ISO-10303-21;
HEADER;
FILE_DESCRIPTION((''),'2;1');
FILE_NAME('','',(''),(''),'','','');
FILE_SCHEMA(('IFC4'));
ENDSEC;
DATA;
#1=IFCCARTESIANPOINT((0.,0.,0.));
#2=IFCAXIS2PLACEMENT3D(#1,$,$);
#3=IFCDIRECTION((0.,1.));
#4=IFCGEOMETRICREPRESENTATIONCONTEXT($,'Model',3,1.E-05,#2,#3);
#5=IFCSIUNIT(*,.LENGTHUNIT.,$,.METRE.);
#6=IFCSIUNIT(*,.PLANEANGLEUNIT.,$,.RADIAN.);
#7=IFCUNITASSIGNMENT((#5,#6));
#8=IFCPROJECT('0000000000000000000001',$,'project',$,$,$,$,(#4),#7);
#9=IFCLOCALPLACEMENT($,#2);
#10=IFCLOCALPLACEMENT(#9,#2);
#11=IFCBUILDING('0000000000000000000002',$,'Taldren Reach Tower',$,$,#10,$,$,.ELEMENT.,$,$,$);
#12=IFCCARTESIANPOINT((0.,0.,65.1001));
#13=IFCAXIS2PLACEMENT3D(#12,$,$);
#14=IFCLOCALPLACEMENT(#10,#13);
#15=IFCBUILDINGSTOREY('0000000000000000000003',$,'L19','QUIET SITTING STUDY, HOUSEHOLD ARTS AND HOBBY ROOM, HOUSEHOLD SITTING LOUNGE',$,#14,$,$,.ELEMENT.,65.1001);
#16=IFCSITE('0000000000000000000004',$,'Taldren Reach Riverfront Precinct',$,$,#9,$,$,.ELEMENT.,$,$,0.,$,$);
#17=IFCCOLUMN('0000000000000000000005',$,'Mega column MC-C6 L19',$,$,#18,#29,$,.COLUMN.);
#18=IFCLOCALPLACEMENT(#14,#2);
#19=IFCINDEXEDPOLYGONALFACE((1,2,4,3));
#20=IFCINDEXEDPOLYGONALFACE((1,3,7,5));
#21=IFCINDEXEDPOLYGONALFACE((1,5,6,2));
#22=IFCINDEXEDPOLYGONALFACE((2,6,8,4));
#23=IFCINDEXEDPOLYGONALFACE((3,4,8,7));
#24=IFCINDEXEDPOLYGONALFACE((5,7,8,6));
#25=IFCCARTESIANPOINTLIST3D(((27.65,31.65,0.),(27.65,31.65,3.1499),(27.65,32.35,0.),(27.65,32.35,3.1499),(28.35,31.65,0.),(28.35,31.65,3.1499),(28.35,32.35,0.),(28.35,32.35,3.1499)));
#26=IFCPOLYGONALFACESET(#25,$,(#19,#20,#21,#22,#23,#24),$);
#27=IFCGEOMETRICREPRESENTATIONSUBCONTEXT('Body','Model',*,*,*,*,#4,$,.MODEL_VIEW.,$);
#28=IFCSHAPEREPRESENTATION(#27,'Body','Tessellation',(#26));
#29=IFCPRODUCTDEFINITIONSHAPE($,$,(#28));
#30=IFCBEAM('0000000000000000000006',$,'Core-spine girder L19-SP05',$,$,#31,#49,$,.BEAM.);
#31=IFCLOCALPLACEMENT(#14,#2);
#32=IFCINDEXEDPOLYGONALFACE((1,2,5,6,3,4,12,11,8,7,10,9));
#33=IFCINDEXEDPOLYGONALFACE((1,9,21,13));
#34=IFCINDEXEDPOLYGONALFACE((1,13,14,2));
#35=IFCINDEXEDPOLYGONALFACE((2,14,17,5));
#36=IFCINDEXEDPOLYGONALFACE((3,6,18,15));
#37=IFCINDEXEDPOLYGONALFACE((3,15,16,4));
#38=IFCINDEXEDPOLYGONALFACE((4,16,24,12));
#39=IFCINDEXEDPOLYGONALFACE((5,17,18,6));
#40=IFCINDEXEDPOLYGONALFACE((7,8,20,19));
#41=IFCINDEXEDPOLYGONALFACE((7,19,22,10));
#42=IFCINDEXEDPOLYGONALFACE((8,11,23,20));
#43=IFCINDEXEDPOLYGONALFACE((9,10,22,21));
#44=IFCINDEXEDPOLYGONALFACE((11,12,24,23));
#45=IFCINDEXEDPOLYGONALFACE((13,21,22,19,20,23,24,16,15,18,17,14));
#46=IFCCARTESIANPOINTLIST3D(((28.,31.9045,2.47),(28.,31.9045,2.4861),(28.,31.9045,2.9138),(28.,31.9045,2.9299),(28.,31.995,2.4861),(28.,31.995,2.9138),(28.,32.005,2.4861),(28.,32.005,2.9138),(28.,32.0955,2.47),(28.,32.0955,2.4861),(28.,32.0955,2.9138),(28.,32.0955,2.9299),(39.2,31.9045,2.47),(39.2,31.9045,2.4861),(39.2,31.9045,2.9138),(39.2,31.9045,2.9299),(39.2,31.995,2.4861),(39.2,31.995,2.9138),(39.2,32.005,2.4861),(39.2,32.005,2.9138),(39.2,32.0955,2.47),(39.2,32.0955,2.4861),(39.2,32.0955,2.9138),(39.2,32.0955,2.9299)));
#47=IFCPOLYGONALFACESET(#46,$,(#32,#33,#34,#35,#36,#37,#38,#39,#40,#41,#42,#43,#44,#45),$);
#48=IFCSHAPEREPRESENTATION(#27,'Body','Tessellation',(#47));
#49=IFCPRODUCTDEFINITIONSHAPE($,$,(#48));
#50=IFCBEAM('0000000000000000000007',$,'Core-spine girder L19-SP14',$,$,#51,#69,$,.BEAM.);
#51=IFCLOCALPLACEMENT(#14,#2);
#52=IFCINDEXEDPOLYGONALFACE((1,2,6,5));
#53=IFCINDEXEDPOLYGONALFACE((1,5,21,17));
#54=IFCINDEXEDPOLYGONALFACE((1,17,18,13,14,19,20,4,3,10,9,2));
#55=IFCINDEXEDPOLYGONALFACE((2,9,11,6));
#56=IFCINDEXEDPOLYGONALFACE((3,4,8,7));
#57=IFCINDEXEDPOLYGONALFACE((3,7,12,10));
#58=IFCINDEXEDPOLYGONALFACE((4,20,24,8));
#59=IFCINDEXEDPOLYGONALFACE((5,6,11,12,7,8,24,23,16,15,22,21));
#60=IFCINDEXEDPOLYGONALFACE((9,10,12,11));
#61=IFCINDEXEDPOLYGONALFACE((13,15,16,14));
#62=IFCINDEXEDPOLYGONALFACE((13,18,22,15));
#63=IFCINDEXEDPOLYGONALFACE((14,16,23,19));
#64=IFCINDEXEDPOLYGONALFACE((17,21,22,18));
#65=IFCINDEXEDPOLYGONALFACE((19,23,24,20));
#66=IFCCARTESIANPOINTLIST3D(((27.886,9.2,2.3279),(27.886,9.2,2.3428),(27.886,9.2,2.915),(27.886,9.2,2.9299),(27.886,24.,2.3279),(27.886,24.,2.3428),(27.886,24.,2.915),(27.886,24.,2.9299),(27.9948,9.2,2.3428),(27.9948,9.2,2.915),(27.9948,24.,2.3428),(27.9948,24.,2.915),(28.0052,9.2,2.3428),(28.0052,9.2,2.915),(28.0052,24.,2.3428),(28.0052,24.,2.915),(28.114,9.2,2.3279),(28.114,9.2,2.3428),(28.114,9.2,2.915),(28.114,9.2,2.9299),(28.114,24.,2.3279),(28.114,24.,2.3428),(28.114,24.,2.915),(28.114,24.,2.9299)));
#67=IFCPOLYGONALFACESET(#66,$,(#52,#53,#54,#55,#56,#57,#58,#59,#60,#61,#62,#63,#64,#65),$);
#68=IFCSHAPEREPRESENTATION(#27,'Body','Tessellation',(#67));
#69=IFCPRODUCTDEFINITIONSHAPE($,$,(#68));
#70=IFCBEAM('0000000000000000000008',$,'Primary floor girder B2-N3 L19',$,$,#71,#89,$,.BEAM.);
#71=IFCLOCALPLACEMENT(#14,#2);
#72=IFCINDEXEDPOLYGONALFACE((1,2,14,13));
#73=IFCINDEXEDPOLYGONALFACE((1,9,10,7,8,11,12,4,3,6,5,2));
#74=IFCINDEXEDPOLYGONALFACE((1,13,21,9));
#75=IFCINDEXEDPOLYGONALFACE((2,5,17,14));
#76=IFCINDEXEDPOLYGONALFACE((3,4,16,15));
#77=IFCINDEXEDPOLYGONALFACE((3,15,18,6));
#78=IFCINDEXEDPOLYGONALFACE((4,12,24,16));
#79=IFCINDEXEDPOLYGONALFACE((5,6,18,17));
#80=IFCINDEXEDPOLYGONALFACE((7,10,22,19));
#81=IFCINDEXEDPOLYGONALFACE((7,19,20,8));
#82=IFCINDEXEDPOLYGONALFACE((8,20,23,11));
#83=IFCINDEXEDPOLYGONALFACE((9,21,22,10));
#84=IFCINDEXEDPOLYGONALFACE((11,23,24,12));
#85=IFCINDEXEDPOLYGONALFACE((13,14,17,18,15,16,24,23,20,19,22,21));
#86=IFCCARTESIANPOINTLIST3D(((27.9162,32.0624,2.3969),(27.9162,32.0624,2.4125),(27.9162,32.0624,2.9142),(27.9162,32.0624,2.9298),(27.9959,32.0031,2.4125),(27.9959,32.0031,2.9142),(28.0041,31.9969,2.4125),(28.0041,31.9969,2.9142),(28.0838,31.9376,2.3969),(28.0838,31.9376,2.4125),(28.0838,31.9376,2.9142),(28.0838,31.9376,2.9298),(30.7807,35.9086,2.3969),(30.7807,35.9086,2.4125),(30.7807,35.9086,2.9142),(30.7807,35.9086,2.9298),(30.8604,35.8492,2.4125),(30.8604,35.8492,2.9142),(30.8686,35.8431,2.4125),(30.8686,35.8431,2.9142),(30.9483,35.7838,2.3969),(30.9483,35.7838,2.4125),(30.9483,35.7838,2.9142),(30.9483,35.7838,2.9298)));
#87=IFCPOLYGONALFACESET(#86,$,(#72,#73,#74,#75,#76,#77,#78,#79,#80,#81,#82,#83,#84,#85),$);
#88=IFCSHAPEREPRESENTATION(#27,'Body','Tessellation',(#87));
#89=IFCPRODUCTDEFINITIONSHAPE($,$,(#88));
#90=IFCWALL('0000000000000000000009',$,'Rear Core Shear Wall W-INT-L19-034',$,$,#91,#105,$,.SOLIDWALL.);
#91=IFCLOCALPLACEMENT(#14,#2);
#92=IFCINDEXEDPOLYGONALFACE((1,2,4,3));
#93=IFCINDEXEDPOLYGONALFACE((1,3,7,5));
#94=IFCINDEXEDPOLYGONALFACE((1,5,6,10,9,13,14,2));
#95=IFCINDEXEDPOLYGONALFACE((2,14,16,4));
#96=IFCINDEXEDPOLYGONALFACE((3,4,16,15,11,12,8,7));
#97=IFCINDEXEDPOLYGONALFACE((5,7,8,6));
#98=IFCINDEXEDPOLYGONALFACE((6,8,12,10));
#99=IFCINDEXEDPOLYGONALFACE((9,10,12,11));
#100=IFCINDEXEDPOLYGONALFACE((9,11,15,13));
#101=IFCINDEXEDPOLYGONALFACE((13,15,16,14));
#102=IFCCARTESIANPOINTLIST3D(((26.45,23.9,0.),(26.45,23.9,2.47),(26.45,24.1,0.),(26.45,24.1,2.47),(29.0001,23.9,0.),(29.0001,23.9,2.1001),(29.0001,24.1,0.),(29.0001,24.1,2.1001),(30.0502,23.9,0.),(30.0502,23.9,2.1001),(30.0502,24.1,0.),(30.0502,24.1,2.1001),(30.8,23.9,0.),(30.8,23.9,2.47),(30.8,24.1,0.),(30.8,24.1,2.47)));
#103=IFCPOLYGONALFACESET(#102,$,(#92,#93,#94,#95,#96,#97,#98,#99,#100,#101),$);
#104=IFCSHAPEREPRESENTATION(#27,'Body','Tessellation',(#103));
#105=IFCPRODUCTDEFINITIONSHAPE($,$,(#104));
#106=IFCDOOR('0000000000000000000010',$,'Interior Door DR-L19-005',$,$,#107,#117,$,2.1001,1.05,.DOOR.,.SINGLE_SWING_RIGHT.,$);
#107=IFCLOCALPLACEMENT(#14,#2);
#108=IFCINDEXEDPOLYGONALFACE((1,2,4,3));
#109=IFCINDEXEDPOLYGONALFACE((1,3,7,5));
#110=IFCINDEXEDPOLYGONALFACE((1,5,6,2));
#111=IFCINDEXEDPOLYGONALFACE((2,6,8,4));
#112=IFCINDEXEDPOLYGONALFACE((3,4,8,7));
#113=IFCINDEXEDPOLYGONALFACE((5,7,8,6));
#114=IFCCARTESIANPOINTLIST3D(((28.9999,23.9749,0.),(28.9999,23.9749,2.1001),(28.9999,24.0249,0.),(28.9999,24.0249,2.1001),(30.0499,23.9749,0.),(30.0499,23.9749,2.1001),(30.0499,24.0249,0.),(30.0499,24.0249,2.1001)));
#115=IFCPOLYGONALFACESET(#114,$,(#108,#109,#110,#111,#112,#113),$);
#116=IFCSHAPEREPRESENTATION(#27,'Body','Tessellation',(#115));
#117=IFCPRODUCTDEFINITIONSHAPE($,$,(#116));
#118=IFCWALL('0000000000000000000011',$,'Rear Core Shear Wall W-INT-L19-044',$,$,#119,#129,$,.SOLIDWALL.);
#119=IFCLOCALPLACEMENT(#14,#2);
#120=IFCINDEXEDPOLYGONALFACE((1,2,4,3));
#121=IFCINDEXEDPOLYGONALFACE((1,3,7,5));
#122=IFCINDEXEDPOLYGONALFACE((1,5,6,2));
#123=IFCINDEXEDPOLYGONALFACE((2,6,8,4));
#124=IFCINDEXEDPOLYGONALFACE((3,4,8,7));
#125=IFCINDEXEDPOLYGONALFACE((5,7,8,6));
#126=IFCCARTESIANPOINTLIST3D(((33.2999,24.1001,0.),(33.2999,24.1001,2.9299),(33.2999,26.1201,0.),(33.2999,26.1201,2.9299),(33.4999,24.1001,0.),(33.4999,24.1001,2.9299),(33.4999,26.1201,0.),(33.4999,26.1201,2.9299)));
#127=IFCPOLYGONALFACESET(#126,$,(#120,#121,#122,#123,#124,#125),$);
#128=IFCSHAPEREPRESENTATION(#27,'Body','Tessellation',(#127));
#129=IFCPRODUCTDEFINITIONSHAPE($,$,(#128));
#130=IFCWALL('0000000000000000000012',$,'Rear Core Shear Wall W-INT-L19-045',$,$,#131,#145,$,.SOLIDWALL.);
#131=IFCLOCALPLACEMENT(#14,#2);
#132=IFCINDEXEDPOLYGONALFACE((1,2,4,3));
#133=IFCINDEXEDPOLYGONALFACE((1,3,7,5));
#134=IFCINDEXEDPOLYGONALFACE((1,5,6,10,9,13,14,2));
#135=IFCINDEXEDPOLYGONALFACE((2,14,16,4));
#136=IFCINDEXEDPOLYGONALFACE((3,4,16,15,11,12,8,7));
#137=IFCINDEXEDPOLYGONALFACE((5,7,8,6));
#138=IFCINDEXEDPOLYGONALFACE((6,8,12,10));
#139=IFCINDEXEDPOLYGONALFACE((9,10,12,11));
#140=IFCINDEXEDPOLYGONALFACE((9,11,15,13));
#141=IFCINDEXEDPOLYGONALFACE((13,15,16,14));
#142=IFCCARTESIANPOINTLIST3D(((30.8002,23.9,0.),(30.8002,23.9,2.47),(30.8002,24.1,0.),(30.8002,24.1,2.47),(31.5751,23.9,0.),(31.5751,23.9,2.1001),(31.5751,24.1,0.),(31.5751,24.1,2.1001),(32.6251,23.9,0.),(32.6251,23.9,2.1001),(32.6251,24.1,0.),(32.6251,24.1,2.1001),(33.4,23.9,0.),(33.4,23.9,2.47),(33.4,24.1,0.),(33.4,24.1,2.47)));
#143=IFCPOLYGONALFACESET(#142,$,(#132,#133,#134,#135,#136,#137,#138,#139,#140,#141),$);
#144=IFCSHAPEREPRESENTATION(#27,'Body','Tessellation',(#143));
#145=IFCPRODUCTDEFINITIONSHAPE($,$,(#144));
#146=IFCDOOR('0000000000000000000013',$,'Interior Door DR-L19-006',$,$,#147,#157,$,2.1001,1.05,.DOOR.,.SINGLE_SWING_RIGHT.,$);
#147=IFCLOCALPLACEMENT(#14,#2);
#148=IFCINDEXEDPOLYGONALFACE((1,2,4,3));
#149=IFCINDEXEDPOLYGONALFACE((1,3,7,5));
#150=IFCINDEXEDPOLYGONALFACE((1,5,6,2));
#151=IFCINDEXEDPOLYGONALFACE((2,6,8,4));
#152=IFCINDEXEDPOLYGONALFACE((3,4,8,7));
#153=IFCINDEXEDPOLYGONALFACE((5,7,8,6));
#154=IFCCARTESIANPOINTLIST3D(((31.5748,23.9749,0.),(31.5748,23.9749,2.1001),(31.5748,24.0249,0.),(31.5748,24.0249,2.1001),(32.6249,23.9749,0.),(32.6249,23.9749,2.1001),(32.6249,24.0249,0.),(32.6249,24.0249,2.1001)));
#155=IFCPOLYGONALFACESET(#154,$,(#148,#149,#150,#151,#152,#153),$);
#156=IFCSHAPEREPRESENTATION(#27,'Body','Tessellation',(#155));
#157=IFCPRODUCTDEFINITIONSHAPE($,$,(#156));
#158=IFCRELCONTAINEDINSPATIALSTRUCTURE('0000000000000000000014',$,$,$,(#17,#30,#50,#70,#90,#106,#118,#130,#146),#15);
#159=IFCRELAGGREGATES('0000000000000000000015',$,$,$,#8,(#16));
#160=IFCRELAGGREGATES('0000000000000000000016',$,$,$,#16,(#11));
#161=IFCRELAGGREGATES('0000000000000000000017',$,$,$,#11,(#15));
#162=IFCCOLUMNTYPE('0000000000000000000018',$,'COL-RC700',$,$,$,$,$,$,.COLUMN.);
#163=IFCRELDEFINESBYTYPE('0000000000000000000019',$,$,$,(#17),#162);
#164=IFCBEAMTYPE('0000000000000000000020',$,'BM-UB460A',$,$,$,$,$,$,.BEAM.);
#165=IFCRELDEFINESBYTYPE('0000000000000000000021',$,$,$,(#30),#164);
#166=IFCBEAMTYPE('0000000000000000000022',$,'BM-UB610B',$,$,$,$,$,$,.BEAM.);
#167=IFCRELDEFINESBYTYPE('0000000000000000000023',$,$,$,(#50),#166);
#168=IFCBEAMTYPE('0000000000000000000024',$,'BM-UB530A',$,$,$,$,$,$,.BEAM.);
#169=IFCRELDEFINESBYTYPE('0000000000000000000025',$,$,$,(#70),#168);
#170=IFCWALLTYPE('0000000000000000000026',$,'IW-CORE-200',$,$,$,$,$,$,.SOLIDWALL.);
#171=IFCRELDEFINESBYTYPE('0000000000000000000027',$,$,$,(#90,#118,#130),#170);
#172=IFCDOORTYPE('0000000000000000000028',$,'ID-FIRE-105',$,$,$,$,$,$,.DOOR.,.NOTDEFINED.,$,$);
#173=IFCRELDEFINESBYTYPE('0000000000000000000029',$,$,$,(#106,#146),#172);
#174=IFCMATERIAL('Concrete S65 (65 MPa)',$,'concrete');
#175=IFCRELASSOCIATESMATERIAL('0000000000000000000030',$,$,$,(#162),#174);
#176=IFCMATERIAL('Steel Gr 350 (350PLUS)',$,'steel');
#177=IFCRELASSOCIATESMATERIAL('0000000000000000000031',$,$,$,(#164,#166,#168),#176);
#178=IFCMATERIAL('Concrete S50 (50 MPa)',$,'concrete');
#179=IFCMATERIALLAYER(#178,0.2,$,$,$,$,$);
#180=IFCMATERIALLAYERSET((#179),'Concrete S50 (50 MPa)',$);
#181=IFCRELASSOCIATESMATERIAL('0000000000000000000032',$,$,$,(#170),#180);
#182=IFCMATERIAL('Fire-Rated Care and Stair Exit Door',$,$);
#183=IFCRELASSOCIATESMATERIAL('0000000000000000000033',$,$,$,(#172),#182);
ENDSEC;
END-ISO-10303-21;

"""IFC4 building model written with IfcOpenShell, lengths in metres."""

from ifc_helpers import new_model, si_unit, direction, frame, frame_2d, origin, origin_2d, place, context, subcontext, project, spatial, rectangle, i_section, extrude, source, transform, mapped, material, layer, layer_set, material_profile, profile_set, type_object, element, fill, save


model = new_model("IFC4")

# Units and contexts
model_context = context("Model", 3, precision=1e-05, world=origin(), true_north=direction((0.0, 1.0)))
body_context = subcontext(model_context, "Body", "Model", "MODEL_VIEW")
ifc_project = project(units=[si_unit("LENGTHUNIT", "METRE"), si_unit("PLANEANGLEUNIT", "RADIAN")], contexts=[model_context])

# Site, building, storey
site_placement = place(None, origin())
site = spatial("IfcSite", under=ifc_project, at=site_placement, Name="Taldren Reach Riverfront Precinct", CompositionType="ELEMENT", RefElevation=0.0)
building_placement = place(site_placement, origin())
building = spatial("IfcBuilding", under=site, at=building_placement, Name="Taldren Reach Tower", CompositionType="ELEMENT")
storey_placement = place(building_placement, frame((0.0, 0.0, 65.1001)))
storey = spatial("IfcBuildingStorey", under=building, at=storey_placement, Name="L19", Description="QUIET SITTING STUDY, HOUSEHOLD ARTS AND HOBBY ROOM, HOUSEHOLD SITTING LOUNGE", CompositionType="ELEMENT", Elevation=65.1001)

# Column
ifc_material_1 = material(Name="Concrete S65 (65 MPa)", Category="concrete")
ifc_material_profile_1 = material_profile(ifc_material_1, rectangle(XDim=0.7, YDim=0.7, at=origin_2d()), Name="RC-700x700")
ifc_profile_set_1 = profile_set([ifc_material_profile_1], Name="Concrete S65 (65 MPa)")
column_type = type_object("IfcColumnType", Name="COL-RC700", PredefinedType="COLUMN", material=ifc_profile_set_1)
shared_shape_1 = source(origin(), body_context, "Body", "SweptSolid", [
    extrude(rectangle(XDim=0.7, YDim=0.7, at=origin_2d()), origin(), (0.0, 0.0, 1.0), 3.1499),
])
column_placement = place(storey_placement, frame((28.0, 32.0, 0.0), z_axis=(0.0, 0.0, 1.0), x_axis=(1.0, 0.0, 0.0)))
element("IfcColumn", 1, at=column_placement, inside=storey, type_object=column_type, Name="Mega column MC-C6 L19", PredefinedType="COLUMN", context=body_context, shape_type="MappedRepresentation", body=[
    mapped(shared_shape_1, transform((0.0, 0.0, 0.0), scale=1.0)),
])

# Beams
ifc_material_2 = material(Name="Steel Gr 350 (350PLUS)", Category="steel")
ifc_material_profile_2 = material_profile(ifc_material_2, i_section(OverallWidth=0.1909, OverallDepth=0.46, WebThickness=0.01, FlangeThickness=0.0161, at=origin_2d()), Name="460UB82.1")
ifc_profile_set_2 = profile_set([ifc_material_profile_2], Name="Steel Gr 350 (350PLUS)")
beam_type_1 = type_object("IfcBeamType", Name="BM-UB460A", PredefinedType="BEAM", material=ifc_profile_set_2)
shared_shape_2 = source(origin(), body_context, "Body", "SweptSolid", [
    extrude(i_section(OverallWidth=0.1909, OverallDepth=0.46, WebThickness=0.01, FlangeThickness=0.0161, at=origin_2d()), origin(), (0.0, 0.0, 1.0), 11.2),
])
beam_1_placement = place(storey_placement, frame((28.0, 32.0, 2.7), z_axis=(1.0, 0.0, 0.0), x_axis=(0.0, 1.0, 0.0)))
element("IfcBeam", 2, at=beam_1_placement, inside=storey, type_object=beam_type_1, Name="Core-spine girder L19-SP05", PredefinedType="BEAM", context=body_context, shape_type="MappedRepresentation", body=[
    mapped(shared_shape_2, transform((0.0, 0.0, 0.0), scale=1.0)),
])
ifc_material_profile_3 = material_profile(ifc_material_2, i_section(OverallWidth=0.228, OverallDepth=0.6021, WebThickness=0.0105, FlangeThickness=0.0149, at=origin_2d()), Name="610UB101")
ifc_profile_set_3 = profile_set([ifc_material_profile_3], Name="Steel Gr 350 (350PLUS)")
beam_type_2 = type_object("IfcBeamType", Name="BM-UB610B", PredefinedType="BEAM", material=ifc_profile_set_3)
shared_shape_3 = source(origin(), body_context, "Body", "SweptSolid", [
    extrude(i_section(OverallWidth=0.228, OverallDepth=0.6021, WebThickness=0.0105, FlangeThickness=0.0149, at=origin_2d()), origin(), (0.0, 0.0, 1.0), 14.8),
])
beam_2_placement = place(storey_placement, frame((28.0, 24.0, 2.6289), z_axis=(0.0, -1.0, 0.0), x_axis=(1.0, 0.0, 0.0)))
element("IfcBeam", 3, at=beam_2_placement, inside=storey, type_object=beam_type_2, Name="Core-spine girder L19-SP14", PredefinedType="BEAM", context=body_context, shape_type="MappedRepresentation", body=[
    mapped(shared_shape_3, transform((0.0, 0.0, 0.0), scale=1.0)),
])
ifc_material_profile_4 = material_profile(ifc_material_2, i_section(OverallWidth=0.209, OverallDepth=0.533, WebThickness=0.0103, FlangeThickness=0.0156, at=origin_2d()), Name="530UB92.4")
ifc_profile_set_4 = profile_set([ifc_material_profile_4], Name="Steel Gr 350 (350PLUS)")
beam_type_3 = type_object("IfcBeamType", Name="BM-UB530A", PredefinedType="BEAM", material=ifc_profile_set_4)
shared_shape_4 = source(origin(), body_context, "Body", "SweptSolid", [
    extrude(i_section(OverallWidth=0.209, OverallDepth=0.533, WebThickness=0.0103, FlangeThickness=0.0156, at=origin_2d()), origin(), (0.0, 0.0, 1.0), 4.7957),
])
beam_3_placement = place(storey_placement, frame((28.0, 32.0, 2.6633), z_axis=(0.597309, 0.802011, 0.0), x_axis=(-0.802011, 0.597309, 0.0)))
element("IfcBeam", 4, at=beam_3_placement, inside=storey, type_object=beam_type_3, Name="Primary floor girder B2-N3 L19", PredefinedType="BEAM", context=body_context, shape_type="MappedRepresentation", body=[
    mapped(shared_shape_4, transform((0.0, 0.0, 0.0), scale=1.0)),
])

# Wall, opening, door
ifc_material_3 = material(Name="Concrete S50 (50 MPa)", Category="concrete")
ifc_layer_1 = layer(ifc_material_3, 0.2)
ifc_layer_set_1 = layer_set([ifc_layer_1], Name="Concrete S50 (50 MPa)")
wall_type_1 = type_object("IfcWallType", Name="IW-CORE-200", PredefinedType="SOLIDWALL", material=ifc_layer_set_1)
shared_shape_5 = source(origin(), body_context, "Body", "SweptSolid", [
    extrude(rectangle(XDim=4.3501, YDim=0.2, at=frame_2d((2.175, 0.0))), origin(), (0.0, 0.0, 1.0), 2.47),
])
wall_1_placement = place(storey_placement, frame((30.8, 24.0, 0.0), z_axis=(0.0, 0.0, 1.0), x_axis=(-1.0, 0.0, 0.0)))
wall_1 = element("IfcWall", 5, at=wall_1_placement, inside=storey, type_object=wall_type_1, Name="Rear Core Shear Wall W-INT-L19-034", PredefinedType="SOLIDWALL", context=body_context, shape_type="MappedRepresentation", body=[
    mapped(shared_shape_5, transform((0.0, 0.0, 0.0), scale=1.0)),
])
shared_shape_6 = source(origin(), body_context, "Body", "SweptSolid", [
    extrude(rectangle(XDim=1.05, YDim=2.1001, at=frame_2d((0.5249, 1.05))), frame((0.0, 0.1099, 0.0), z_axis=(0.0, -1.0, 0.0), x_axis=(1.0, 0.0, 0.0)), (0.0, 0.0, 1.0), 0.22),
])
opening_1_placement = place(wall_1_placement, frame((0.75, 0.0, 0.0)))
opening_1 = element("IfcOpeningElement", 6, at=opening_1_placement, cuts=wall_1, PredefinedType="OPENING", context=body_context, shape_type="MappedRepresentation", body=[
    mapped(shared_shape_6, transform((0.0, 0.0, 0.0), scale=1.0)),
])
ifc_material_4 = material(Name="Fire-Rated Care and Stair Exit Door")
door_type_1 = type_object("IfcDoorType", Name="ID-FIRE-105", OperationType="NOTDEFINED", PredefinedType="DOOR", material=ifc_material_4)
shared_shape_7 = source(origin(), body_context, "Body", "SweptSolid", [
    extrude(rectangle(XDim=1.05, YDim=2.1001, at=frame_2d((0.5249, 1.05))), frame((0.0, 0.0249, 0.0), z_axis=(0.0, -1.0, 0.0), x_axis=(1.0, 0.0, 0.0)), (0.0, 0.0, 1.0), 0.05),
])
door_1_placement = place(opening_1_placement, frame((1.05, 0.0, 0.0), z_axis=(0.0, 0.0, 1.0), x_axis=(-1.0, 0.0, 0.0)))
door_1 = element("IfcDoor", 7, at=door_1_placement, inside=storey, type_object=door_type_1, Name="Interior Door DR-L19-005", OperationType="SINGLE_SWING_RIGHT", OverallHeight=2.1001, OverallWidth=1.05, PredefinedType="DOOR", context=body_context, shape_type="MappedRepresentation", body=[
    mapped(shared_shape_7, transform((0.0, 0.0, 0.0), scale=1.0)),
])
fill(opening_1, door_1)

# Wall
shared_shape_8 = source(origin(), body_context, "Body", "SweptSolid", [
    extrude(rectangle(XDim=2.02, YDim=0.2, at=frame_2d((1.01, 0.0))), origin(), (0.0, 0.0, 1.0), 2.9299),
])
wall_2_placement = place(storey_placement, frame((33.3999, 26.1201, 0.0), z_axis=(0.0, 0.0, 1.0), x_axis=(0.0, -1.0, 0.0)))
element("IfcWall", 8, at=wall_2_placement, inside=storey, type_object=wall_type_1, Name="Rear Core Shear Wall W-INT-L19-044", PredefinedType="SOLIDWALL", context=body_context, shape_type="MappedRepresentation", body=[
    mapped(shared_shape_8, transform((0.0, 0.0, 0.0), scale=1.0)),
])

# Wall, opening, door
shared_shape_9 = source(origin(), body_context, "Body", "SweptSolid", [
    extrude(rectangle(XDim=2.5999, YDim=0.2, at=frame_2d((1.2998, 0.0))), origin(), (0.0, 0.0, 1.0), 2.47),
])
wall_3_placement = place(storey_placement, frame((33.3999, 24.0, 0.0), z_axis=(0.0, 0.0, 1.0), x_axis=(-1.0, 0.0, 0.0)))
wall_3 = element("IfcWall", 9, at=wall_3_placement, inside=storey, type_object=wall_type_1, Name="Rear Core Shear Wall W-INT-L19-045", PredefinedType="SOLIDWALL", context=body_context, shape_type="MappedRepresentation", body=[
    mapped(shared_shape_9, transform((0.0, 0.0, 0.0), scale=1.0)),
])
opening_2_placement = place(wall_3_placement, frame((0.7749, 0.0, 0.0)))
opening_2 = element("IfcOpeningElement", 10, at=opening_2_placement, cuts=wall_3, PredefinedType="OPENING", context=body_context, shape_type="MappedRepresentation", body=[
    mapped(shared_shape_6, transform((0.0, 0.0, 0.0), scale=1.0)),
])
door_2_placement = place(opening_2_placement, frame((1.05, 0.0, 0.0), z_axis=(0.0, 0.0, 1.0), x_axis=(-1.0, 0.0, 0.0)))
door_2 = element("IfcDoor", 11, at=door_2_placement, inside=storey, type_object=door_type_1, Name="Interior Door DR-L19-006", OperationType="SINGLE_SWING_RIGHT", OverallHeight=2.1001, OverallWidth=1.05, PredefinedType="DOOR", context=body_context, shape_type="MappedRepresentation", body=[
    mapped(shared_shape_7, transform((0.0, 0.0, 0.0), scale=1.0)),
])
fill(opening_2, door_2)

save(model, "model.ifc")
